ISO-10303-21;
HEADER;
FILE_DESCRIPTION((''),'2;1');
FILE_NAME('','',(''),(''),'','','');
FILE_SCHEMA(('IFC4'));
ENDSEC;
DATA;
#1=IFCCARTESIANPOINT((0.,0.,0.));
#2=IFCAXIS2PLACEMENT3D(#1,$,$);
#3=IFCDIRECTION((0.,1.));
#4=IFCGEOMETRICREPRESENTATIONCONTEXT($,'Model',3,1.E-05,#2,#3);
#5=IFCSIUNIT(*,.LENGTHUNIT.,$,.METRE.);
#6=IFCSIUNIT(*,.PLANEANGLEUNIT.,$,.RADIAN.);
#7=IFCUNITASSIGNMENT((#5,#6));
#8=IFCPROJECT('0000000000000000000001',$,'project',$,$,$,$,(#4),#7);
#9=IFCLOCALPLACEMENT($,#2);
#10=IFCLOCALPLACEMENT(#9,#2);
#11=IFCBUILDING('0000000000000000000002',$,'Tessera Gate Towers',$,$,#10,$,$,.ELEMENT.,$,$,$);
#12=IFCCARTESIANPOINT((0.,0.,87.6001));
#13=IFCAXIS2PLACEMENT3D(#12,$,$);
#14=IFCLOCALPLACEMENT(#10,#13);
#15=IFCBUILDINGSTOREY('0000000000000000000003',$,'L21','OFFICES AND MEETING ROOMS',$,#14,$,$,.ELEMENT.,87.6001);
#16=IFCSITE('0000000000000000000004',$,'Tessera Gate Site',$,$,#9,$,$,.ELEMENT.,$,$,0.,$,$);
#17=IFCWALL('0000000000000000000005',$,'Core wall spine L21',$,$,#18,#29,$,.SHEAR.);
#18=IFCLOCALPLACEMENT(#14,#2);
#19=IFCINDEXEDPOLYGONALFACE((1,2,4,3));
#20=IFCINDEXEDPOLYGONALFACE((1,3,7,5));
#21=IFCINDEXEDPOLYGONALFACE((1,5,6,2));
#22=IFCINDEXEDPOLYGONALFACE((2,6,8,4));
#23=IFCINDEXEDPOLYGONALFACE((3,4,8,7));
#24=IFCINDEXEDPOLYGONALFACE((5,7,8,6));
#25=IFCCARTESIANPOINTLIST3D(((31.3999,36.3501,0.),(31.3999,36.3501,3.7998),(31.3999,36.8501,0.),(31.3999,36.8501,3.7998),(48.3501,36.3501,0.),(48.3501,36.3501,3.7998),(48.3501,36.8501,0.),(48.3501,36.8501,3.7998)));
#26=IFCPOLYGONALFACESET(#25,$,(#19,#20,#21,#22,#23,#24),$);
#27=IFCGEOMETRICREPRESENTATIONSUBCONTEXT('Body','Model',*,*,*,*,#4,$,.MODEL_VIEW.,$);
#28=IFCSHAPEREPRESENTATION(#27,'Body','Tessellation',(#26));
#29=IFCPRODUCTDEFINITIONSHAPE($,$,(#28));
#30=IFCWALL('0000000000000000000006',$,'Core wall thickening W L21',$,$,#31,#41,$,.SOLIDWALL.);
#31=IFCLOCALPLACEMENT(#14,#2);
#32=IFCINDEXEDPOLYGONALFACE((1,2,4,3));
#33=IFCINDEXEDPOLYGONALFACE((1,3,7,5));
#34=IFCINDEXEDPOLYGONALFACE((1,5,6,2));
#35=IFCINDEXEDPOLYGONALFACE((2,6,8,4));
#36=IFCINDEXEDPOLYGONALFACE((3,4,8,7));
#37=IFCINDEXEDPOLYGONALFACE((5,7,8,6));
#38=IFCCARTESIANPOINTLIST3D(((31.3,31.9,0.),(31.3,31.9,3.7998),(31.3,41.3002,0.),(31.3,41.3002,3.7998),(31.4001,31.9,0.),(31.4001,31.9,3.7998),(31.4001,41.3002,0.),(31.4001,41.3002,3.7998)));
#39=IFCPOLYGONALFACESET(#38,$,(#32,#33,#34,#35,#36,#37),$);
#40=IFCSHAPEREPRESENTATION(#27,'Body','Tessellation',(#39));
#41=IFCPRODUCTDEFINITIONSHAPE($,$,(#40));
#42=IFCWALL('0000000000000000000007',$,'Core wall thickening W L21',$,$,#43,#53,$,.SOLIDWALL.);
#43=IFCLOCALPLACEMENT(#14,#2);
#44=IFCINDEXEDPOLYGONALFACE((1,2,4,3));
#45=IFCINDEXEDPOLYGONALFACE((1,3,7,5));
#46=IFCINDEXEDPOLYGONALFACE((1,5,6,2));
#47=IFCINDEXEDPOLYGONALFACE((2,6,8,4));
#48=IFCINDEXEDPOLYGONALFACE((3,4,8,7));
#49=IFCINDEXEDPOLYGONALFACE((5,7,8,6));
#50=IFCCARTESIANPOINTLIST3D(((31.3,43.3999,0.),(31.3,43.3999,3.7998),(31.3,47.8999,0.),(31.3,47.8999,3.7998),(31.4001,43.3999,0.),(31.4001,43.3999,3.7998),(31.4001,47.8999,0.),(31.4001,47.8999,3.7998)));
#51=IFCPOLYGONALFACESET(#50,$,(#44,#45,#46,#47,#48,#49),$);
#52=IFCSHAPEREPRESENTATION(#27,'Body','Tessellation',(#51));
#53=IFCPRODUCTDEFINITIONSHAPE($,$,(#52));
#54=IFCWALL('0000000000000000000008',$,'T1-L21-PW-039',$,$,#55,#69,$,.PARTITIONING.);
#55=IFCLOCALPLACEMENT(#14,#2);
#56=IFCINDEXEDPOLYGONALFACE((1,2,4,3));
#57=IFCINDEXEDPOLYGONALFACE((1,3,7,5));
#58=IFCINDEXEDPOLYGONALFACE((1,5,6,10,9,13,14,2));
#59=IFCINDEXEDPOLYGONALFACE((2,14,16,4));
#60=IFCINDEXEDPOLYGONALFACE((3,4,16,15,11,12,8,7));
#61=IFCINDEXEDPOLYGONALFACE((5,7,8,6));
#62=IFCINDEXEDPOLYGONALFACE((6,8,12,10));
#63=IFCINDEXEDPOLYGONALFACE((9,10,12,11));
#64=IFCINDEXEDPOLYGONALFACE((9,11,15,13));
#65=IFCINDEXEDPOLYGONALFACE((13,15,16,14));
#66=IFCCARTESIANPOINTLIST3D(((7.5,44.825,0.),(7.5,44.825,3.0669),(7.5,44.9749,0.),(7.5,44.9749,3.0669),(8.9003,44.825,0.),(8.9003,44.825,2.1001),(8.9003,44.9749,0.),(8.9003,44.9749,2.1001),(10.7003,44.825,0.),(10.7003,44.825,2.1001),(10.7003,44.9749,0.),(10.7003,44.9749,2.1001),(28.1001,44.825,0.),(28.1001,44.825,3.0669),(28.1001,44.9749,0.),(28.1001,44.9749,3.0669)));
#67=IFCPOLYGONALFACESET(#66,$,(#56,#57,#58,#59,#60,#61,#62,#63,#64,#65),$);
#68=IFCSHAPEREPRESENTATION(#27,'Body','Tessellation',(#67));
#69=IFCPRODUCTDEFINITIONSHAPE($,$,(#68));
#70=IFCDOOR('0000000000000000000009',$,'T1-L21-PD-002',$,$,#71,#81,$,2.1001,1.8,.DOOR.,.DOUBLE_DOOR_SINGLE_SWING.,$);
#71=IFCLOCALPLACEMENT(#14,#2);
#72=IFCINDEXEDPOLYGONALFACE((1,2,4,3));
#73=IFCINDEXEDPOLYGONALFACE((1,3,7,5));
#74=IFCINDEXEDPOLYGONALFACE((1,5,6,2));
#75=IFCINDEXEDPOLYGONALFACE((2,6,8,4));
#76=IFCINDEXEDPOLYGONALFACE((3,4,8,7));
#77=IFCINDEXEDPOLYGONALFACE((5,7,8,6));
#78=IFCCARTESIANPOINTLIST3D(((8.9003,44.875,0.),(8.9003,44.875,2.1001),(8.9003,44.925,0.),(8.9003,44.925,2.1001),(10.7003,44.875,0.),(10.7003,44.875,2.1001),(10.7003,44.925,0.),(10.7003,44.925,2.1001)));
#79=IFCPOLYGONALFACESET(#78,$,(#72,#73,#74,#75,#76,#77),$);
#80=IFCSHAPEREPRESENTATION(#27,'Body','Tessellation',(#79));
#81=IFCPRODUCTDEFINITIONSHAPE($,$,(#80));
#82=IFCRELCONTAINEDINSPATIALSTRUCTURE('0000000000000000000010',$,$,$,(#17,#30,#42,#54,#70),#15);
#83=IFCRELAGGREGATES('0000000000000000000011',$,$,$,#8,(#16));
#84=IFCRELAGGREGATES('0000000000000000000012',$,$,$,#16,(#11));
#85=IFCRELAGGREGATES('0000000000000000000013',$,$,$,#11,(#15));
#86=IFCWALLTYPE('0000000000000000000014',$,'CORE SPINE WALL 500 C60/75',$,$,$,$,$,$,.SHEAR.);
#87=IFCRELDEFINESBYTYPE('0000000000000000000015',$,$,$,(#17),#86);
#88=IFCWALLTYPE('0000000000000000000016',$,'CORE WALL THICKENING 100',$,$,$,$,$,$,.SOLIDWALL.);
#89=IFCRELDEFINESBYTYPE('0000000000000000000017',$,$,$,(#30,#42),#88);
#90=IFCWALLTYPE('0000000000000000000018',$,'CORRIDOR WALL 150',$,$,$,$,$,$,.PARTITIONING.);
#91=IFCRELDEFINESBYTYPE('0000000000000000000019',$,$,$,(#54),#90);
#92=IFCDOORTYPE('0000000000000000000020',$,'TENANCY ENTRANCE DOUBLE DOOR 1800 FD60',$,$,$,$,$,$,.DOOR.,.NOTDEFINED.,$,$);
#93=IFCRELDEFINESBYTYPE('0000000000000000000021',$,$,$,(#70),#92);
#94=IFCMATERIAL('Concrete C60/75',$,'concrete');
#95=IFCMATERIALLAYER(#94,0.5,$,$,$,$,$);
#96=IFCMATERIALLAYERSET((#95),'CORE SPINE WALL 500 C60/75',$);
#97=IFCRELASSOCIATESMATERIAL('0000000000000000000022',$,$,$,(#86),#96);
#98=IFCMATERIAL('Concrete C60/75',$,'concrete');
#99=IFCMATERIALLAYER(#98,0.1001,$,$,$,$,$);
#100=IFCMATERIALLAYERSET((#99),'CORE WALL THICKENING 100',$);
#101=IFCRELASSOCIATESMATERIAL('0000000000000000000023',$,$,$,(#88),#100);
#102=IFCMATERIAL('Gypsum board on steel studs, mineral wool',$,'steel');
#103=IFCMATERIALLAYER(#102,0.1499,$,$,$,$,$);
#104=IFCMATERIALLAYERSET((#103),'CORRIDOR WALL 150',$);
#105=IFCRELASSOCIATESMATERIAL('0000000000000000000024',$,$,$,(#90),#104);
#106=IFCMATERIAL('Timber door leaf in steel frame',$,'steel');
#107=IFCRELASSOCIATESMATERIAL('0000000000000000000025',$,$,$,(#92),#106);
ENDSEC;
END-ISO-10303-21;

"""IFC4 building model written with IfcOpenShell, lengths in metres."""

from ifc_helpers import new_model, si_unit, direction, frame, frame_2d, origin, place, context, subcontext, project, spatial, rectangle, extrude, source, transform, mapped, material, layer, layer_set, type_object, element, fill, save


model = new_model("IFC4")

# Units and contexts
model_context = context("Model", 3, precision=1e-05, world=origin(), true_north=direction((0.0, 1.0)))
body_context = subcontext(model_context, "Body", "Model", "MODEL_VIEW")
ifc_project = project(units=[si_unit("LENGTHUNIT", "METRE"), si_unit("PLANEANGLEUNIT", "RADIAN")], contexts=[model_context])

# Site, building, storey
site_placement = place(None, origin())
site = spatial("IfcSite", under=ifc_project, at=site_placement, Name="Tessera Gate Site", CompositionType="ELEMENT", RefElevation=0.0)
building_placement = place(site_placement, origin())
building = spatial("IfcBuilding", under=site, at=building_placement, Name="Tessera Gate Towers", CompositionType="ELEMENT")
storey_placement = place(building_placement, frame((0.0, 0.0, 87.6001)))
storey = spatial("IfcBuildingStorey", under=building, at=storey_placement, Name="L21", Description="OFFICES AND MEETING ROOMS", CompositionType="ELEMENT", Elevation=87.6001)

# Walls
ifc_material_1 = material(Name="Concrete C60/75", Category="concrete")
ifc_layer_1 = layer(ifc_material_1, 0.5)
ifc_layer_set_1 = layer_set([ifc_layer_1], Name="CORE SPINE WALL 500 C60/75")
wall_type_1 = type_object("IfcWallType", Name="CORE SPINE WALL 500 C60/75", PredefinedType="SHEAR", material=ifc_layer_set_1)
wall_1_placement = place(storey_placement, frame((31.3999, 36.6001, 0.0), z_axis=(0.0, 0.0, 1.0), x_axis=(1.0, 0.0, 0.0)))
element("IfcWall", 1, at=wall_1_placement, inside=storey, type_object=wall_type_1, Name="Core wall spine L21", PredefinedType="SHEAR", context=body_context, shape_type="SweptSolid", body=[
    extrude(rectangle(XDim=16.9502, YDim=0.5, at=frame_2d((8.4751, 0.0))), origin(), (0.0, 0.0, 1.0), 3.7998),
])
ifc_material_2 = material(Name="Concrete C60/75", Category="concrete")
ifc_layer_2 = layer(ifc_material_2, 0.1001)
ifc_layer_set_2 = layer_set([ifc_layer_2], Name="CORE WALL THICKENING 100")
wall_type_2 = type_object("IfcWallType", Name="CORE WALL THICKENING 100", PredefinedType="SOLIDWALL", material=ifc_layer_set_2)
wall_2_placement = place(storey_placement, frame((31.3501, 31.8999, 0.0), z_axis=(0.0, 0.0, 1.0), x_axis=(0.0, 1.0, 0.0)))
element("IfcWall", 2, at=wall_2_placement, inside=storey, type_object=wall_type_2, Name="Core wall thickening W L21", PredefinedType="SOLIDWALL", context=body_context, shape_type="SweptSolid", body=[
    extrude(rectangle(XDim=9.4001, YDim=0.1001, at=frame_2d((4.7002, 0.0))), origin(), (0.0, 0.0, 1.0), 3.7998),
])
wall_3_placement = place(storey_placement, frame((31.3501, 43.3999, 0.0), z_axis=(0.0, 0.0, 1.0), x_axis=(0.0, 1.0, 0.0)))
element("IfcWall", 3, at=wall_3_placement, inside=storey, type_object=wall_type_2, Name="Core wall thickening W L21", PredefinedType="SOLIDWALL", context=body_context, shape_type="SweptSolid", body=[
    extrude(rectangle(XDim=4.5, YDim=0.1001, at=frame_2d((2.25, 0.0))), origin(), (0.0, 0.0, 1.0), 3.7998),
])

# Wall, opening, door
ifc_material_3 = material(Name="Gypsum board on steel studs, mineral wool", Category="steel")
ifc_layer_3 = layer(ifc_material_3, 0.1499)
ifc_layer_set_3 = layer_set([ifc_layer_3], Name="CORRIDOR WALL 150")
wall_type_3 = type_object("IfcWallType", Name="CORRIDOR WALL 150", PredefinedType="PARTITIONING", material=ifc_layer_set_3)
wall_4_placement = place(storey_placement, frame((28.1001, 44.8999, 0.0), z_axis=(0.0, 0.0, 1.0), x_axis=(-1.0, 0.0, 0.0)))
wall_4 = element("IfcWall", 4, at=wall_4_placement, inside=storey, type_object=wall_type_3, Name="T1-L21-PW-039", PredefinedType="PARTITIONING", context=body_context, shape_type="SweptSolid", body=[
    extrude(rectangle(XDim=20.6001, YDim=0.1499, at=frame_2d((10.3, 0.0))), origin(), (0.0, 0.0, 1.0), 3.0669),
])
shared_shape_1 = source(origin(), body_context, "Body", "SweptSolid", [
    extrude(rectangle(XDim=1.8, YDim=2.1001, at=frame_2d((0.8999, 1.05))), frame((0.0, 0.085, 0.0), z_axis=(0.0, -1.0, 0.0), x_axis=(1.0, 0.0, 0.0)), (0.0, 0.0, 1.0), 0.1699),
])
opening_1_placement = place(wall_4_placement, frame((17.3999, 0.0, 0.0)))
opening_1 = element("IfcOpeningElement", 5, at=opening_1_placement, cuts=wall_4, PredefinedType="OPENING", context=body_context, shape_type="MappedRepresentation", body=[
    mapped(shared_shape_1, transform((0.0, 0.0, 0.0), scale=1.0)),
])
ifc_material_4 = material(Name="Timber door leaf in steel frame", Category="steel")
door_type_1 = type_object("IfcDoorType", Name="TENANCY ENTRANCE DOUBLE DOOR 1800 FD60", OperationType="NOTDEFINED", PredefinedType="DOOR", material=ifc_material_4)
shared_shape_2 = source(origin(), body_context, "Body", "SweptSolid", [
    extrude(rectangle(XDim=1.8, YDim=2.1001, at=frame_2d((0.8999, 1.05))), frame((0.0, 0.0249, 0.0), z_axis=(0.0, -1.0, 0.0), x_axis=(1.0, 0.0, 0.0)), (0.0, 0.0, 1.0), 0.05),
])
door_1_placement = place(opening_1_placement, origin())
door_1 = element("IfcDoor", 6, at=door_1_placement, inside=storey, type_object=door_type_1, Name="T1-L21-PD-002", OperationType="DOUBLE_DOOR_SINGLE_SWING", OverallHeight=2.1001, OverallWidth=1.8, PredefinedType="DOOR", context=body_context, shape_type="MappedRepresentation", body=[
    mapped(shared_shape_2, transform((0.0, 0.0, 0.0), scale=1.0)),
])
fill(opening_1, door_1)

save(model, "model.ifc")
